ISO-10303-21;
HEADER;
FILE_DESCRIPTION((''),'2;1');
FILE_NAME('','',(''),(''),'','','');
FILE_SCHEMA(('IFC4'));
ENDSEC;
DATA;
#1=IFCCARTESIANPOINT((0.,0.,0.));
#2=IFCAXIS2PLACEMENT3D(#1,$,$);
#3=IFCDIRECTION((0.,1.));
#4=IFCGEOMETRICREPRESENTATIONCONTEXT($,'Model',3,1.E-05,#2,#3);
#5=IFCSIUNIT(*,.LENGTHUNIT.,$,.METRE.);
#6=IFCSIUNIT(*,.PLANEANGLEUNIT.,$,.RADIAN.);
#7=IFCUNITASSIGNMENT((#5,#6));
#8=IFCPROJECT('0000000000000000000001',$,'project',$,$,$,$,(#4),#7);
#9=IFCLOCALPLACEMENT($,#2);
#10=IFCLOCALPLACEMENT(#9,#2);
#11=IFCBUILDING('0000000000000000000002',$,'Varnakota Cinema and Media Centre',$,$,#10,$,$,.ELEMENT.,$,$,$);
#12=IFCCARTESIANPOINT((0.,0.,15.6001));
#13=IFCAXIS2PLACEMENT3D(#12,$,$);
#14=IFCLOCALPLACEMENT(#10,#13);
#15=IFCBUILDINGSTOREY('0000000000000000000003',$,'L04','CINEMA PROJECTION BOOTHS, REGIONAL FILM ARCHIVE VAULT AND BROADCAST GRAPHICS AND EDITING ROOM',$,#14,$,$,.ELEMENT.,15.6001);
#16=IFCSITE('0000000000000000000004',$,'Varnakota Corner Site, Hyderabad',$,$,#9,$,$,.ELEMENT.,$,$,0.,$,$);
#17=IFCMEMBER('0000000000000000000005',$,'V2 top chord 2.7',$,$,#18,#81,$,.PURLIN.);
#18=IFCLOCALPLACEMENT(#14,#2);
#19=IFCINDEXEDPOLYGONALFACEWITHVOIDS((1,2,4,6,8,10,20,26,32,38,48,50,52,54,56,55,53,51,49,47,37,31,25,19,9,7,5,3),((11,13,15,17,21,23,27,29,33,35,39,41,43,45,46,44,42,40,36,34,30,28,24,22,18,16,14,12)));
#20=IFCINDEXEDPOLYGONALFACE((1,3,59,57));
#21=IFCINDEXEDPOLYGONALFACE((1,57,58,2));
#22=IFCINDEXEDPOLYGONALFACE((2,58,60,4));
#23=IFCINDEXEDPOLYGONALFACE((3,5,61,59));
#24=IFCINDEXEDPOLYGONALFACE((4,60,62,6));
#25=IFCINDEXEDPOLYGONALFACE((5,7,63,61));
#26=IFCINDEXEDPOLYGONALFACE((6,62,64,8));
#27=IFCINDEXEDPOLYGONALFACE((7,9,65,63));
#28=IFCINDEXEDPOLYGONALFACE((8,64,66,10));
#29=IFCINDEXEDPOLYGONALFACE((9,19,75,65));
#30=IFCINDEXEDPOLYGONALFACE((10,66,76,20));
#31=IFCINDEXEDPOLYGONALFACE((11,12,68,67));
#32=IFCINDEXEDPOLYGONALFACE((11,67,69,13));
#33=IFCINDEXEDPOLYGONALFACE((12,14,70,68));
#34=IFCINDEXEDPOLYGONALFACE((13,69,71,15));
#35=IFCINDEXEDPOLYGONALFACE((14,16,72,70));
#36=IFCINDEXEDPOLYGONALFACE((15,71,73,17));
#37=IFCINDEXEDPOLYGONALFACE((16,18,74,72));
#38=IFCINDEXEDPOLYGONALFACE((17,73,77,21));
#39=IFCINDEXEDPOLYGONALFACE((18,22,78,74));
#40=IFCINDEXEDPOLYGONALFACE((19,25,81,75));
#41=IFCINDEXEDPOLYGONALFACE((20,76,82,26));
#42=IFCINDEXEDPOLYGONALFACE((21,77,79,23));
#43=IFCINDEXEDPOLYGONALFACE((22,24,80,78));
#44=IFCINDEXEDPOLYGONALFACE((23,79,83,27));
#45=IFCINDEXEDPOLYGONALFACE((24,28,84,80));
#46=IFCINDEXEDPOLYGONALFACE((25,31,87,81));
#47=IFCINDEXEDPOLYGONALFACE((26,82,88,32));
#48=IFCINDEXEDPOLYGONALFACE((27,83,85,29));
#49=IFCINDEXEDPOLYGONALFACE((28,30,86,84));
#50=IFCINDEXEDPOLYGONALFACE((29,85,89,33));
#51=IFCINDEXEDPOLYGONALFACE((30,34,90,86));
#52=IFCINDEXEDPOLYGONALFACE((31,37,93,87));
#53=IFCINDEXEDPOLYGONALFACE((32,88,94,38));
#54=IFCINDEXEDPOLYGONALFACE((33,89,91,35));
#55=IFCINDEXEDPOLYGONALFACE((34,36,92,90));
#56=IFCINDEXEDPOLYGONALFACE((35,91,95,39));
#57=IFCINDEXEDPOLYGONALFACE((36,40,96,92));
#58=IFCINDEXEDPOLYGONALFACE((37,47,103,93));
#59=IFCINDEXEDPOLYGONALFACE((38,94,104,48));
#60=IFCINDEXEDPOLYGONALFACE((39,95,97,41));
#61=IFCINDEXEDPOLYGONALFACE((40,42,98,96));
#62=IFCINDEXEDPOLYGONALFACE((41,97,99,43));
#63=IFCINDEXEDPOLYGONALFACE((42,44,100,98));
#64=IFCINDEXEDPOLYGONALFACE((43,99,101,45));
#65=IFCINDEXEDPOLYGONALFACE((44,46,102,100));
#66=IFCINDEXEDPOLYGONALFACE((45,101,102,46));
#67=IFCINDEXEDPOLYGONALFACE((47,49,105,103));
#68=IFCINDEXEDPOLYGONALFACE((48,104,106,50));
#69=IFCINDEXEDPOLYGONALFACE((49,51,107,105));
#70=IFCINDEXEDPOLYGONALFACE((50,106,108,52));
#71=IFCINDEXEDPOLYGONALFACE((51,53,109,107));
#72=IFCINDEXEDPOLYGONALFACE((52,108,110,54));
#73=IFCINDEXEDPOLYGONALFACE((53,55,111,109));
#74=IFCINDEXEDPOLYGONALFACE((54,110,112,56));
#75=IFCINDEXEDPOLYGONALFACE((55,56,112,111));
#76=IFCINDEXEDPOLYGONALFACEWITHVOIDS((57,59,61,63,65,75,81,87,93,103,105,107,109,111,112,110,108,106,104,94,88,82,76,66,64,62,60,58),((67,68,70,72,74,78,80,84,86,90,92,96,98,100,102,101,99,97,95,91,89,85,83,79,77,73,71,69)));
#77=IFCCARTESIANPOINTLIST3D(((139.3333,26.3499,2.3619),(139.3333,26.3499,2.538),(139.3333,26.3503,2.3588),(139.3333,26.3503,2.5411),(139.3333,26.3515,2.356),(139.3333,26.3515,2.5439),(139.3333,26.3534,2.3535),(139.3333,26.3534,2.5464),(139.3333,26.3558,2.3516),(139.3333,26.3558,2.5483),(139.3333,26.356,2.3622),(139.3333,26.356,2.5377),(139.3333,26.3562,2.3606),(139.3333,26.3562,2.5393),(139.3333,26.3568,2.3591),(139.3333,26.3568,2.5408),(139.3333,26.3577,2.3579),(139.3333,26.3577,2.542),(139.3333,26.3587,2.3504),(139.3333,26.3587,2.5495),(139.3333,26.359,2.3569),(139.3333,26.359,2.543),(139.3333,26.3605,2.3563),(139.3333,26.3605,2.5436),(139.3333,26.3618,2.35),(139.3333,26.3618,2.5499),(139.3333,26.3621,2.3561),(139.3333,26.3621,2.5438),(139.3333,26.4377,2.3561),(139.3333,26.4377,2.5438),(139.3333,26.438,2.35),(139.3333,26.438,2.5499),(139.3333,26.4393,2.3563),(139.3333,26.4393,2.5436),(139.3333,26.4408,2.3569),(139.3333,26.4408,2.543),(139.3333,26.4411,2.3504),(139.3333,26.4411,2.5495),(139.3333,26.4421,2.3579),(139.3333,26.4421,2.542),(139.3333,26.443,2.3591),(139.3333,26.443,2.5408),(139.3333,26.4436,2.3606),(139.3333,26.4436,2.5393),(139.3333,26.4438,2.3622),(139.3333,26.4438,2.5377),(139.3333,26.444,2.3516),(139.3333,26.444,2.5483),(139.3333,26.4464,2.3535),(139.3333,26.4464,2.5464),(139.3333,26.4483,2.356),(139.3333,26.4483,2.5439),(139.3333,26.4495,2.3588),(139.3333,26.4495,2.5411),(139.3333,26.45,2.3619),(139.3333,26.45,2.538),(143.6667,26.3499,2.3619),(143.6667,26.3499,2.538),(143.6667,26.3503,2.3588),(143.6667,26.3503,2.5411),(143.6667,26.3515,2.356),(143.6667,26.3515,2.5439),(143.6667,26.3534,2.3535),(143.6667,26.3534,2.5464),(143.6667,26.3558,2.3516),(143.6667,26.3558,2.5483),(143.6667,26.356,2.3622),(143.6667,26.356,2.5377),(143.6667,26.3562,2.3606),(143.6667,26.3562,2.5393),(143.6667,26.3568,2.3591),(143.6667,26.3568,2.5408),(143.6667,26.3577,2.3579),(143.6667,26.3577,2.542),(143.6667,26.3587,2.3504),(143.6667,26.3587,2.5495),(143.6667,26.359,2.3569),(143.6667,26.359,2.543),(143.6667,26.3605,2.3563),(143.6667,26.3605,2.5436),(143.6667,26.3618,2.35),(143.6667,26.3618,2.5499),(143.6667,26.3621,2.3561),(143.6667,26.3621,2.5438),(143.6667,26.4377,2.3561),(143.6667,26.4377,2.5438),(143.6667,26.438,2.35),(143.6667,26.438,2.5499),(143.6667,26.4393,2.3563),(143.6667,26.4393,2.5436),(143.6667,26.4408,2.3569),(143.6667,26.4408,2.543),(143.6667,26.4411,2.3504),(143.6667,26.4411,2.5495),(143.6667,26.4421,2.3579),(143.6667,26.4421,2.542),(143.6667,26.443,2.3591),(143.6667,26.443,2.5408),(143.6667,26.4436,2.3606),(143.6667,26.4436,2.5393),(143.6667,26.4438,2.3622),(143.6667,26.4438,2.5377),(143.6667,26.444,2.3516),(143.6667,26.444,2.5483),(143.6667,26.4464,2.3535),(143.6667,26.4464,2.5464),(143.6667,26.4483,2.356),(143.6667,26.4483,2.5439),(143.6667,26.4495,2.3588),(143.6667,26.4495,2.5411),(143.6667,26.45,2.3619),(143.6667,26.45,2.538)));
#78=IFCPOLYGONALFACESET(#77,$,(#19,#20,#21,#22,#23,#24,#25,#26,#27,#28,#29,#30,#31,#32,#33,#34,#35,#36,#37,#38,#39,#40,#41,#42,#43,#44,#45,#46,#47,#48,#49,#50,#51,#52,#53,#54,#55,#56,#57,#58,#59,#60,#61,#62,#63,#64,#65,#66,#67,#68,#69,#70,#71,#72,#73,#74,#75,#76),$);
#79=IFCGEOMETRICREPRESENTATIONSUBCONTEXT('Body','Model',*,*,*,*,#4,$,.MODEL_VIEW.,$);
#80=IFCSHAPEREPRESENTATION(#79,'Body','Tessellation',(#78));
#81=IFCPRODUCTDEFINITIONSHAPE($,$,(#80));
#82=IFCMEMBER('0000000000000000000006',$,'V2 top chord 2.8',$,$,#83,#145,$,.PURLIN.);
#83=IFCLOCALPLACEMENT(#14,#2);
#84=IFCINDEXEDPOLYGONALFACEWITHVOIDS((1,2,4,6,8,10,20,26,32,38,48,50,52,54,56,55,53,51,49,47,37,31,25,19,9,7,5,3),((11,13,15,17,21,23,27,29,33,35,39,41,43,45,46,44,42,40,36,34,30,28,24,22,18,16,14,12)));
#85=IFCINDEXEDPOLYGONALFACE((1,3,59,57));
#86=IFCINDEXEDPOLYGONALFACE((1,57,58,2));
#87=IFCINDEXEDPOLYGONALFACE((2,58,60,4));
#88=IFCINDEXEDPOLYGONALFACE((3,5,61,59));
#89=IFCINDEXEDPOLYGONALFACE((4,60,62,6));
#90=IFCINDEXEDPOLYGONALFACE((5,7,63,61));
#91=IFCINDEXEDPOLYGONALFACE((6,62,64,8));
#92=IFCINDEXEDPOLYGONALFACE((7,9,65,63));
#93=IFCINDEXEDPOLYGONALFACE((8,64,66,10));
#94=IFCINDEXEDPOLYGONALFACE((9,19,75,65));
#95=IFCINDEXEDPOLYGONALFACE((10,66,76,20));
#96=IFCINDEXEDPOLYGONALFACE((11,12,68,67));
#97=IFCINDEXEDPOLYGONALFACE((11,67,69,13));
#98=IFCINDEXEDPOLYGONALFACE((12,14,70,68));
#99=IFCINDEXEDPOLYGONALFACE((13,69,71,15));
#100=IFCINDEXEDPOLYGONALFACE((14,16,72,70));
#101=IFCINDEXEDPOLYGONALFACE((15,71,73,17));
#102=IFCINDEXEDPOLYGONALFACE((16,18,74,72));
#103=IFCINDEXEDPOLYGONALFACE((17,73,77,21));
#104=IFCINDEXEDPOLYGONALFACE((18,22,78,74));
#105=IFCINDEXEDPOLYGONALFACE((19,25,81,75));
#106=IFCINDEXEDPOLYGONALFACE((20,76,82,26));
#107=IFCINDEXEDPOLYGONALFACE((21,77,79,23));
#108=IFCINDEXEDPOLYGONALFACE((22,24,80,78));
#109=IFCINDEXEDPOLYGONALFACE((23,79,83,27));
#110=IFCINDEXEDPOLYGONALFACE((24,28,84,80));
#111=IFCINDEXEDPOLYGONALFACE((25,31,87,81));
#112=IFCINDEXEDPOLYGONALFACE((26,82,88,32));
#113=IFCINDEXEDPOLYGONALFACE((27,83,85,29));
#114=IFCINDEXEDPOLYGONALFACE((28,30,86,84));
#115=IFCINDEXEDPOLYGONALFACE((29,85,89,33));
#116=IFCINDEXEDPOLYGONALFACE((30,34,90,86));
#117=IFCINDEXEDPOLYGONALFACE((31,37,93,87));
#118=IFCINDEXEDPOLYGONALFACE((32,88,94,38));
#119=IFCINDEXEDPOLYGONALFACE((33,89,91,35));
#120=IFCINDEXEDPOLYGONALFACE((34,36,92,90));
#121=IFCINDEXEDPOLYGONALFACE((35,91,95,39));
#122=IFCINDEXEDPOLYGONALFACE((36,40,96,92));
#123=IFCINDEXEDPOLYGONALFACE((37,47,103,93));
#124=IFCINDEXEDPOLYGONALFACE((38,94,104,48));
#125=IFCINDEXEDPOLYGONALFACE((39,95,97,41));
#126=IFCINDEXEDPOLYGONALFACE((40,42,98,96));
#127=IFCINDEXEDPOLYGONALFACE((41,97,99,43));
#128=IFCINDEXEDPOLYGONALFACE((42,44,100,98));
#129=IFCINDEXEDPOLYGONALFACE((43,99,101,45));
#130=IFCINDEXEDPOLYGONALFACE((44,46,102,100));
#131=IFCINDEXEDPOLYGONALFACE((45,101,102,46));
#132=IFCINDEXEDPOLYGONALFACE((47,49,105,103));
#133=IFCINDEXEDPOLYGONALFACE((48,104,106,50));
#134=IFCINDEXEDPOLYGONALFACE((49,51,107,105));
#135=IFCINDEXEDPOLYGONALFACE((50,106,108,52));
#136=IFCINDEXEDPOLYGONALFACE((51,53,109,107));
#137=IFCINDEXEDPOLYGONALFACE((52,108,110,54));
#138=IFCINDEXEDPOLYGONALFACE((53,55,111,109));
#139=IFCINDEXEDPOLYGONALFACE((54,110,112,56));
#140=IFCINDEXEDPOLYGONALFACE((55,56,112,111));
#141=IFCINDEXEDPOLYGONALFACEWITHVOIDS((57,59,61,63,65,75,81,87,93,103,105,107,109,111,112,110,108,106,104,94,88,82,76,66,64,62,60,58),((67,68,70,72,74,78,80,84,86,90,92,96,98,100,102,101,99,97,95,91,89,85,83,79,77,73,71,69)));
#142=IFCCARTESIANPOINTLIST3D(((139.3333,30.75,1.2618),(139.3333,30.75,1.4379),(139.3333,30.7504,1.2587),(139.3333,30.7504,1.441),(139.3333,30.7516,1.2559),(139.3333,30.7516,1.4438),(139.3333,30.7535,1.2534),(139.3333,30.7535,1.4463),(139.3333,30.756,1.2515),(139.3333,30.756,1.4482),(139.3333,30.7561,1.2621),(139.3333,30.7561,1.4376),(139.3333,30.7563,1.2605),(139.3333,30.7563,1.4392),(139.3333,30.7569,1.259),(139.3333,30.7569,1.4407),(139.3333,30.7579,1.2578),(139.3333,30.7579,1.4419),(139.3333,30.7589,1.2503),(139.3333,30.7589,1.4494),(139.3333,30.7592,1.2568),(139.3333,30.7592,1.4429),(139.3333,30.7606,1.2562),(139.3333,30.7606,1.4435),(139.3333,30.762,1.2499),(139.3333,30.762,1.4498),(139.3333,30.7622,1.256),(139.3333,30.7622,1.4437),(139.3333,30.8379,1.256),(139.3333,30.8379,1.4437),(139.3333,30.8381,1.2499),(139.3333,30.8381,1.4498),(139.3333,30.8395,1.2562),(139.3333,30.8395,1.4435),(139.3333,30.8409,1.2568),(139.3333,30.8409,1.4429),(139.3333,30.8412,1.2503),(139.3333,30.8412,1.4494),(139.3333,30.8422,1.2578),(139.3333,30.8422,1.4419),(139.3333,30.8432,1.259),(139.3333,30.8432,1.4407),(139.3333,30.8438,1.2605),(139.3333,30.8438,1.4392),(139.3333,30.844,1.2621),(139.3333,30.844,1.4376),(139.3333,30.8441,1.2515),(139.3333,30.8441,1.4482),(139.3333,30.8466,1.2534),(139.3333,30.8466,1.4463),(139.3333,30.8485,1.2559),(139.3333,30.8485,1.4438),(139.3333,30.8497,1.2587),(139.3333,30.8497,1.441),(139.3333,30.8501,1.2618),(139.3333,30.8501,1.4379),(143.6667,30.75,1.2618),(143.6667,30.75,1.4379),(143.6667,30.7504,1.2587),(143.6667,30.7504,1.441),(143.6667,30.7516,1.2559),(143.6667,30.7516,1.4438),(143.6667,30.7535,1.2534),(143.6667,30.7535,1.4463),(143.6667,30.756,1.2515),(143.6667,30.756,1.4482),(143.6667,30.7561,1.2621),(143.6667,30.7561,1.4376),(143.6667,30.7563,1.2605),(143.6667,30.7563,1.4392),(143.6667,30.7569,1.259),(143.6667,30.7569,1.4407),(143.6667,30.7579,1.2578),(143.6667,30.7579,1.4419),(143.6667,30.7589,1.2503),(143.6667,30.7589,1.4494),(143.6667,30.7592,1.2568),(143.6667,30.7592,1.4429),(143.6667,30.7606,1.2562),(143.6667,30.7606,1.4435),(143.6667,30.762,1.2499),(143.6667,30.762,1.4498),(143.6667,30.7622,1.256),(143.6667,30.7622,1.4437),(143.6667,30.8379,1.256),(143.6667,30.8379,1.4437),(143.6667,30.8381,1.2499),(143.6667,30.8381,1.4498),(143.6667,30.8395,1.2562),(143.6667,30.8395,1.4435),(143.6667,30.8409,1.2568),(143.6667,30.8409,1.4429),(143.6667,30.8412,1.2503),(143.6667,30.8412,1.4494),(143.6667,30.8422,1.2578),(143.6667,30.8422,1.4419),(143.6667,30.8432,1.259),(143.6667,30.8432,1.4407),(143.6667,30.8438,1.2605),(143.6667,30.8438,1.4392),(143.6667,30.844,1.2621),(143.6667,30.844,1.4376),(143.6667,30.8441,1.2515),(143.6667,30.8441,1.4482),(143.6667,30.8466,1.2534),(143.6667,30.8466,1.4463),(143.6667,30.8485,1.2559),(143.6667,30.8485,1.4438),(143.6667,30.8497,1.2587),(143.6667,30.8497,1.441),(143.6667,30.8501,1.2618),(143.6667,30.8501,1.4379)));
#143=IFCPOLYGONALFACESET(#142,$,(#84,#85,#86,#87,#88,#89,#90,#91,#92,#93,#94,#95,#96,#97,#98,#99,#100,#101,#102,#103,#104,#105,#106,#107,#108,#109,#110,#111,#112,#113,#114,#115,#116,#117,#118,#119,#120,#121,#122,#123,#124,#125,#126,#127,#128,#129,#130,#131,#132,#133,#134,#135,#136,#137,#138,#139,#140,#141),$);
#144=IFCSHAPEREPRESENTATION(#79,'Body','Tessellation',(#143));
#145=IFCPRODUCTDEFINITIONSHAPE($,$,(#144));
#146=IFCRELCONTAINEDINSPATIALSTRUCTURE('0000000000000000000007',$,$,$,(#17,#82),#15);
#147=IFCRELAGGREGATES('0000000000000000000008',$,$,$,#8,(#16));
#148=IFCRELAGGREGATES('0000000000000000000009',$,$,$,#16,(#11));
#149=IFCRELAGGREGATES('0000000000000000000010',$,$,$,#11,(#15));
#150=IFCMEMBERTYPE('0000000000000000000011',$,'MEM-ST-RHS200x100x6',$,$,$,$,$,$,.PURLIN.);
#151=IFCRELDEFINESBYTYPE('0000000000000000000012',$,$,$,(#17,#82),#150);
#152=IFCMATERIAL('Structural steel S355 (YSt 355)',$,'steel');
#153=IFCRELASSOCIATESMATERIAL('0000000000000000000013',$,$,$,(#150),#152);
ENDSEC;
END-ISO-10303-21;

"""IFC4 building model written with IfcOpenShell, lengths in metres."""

from ifc_helpers import new_model, si_unit, direction, frame, origin, origin_2d, place, context, subcontext, project, spatial, hollow_rectangle, extrude, material, material_profile, profile_set, type_object, element, save


model = new_model("IFC4")

# Units and contexts
model_context = context("Model", 3, precision=1e-05, world=origin(), true_north=direction((0.0, 1.0)))
body_context = subcontext(model_context, "Body", "Model", "MODEL_VIEW")
ifc_project = project(units=[si_unit("LENGTHUNIT", "METRE"), si_unit("PLANEANGLEUNIT", "RADIAN")], contexts=[model_context])

# Site, building, storey
site_placement = place(None, origin())
site = spatial("IfcSite", under=ifc_project, at=site_placement, Name="Varnakota Corner Site, Hyderabad", CompositionType="ELEMENT", RefElevation=0.0)
building_placement = place(site_placement, origin())
building = spatial("IfcBuilding", under=site, at=building_placement, Name="Varnakota Cinema and Media Centre", CompositionType="ELEMENT")
storey_placement = place(building_placement, frame((0.0, 0.0, 15.6001)))
storey = spatial("IfcBuildingStorey", under=building, at=storey_placement, Name="L04", Description="CINEMA PROJECTION BOOTHS, REGIONAL FILM ARCHIVE VAULT AND BROADCAST GRAPHICS AND EDITING ROOM", CompositionType="ELEMENT", Elevation=15.6001)

# Members
ifc_material_1 = material(Name="Structural steel S355 (YSt 355)", Category="steel")
ifc_material_profile_1 = material_profile(ifc_material_1, hollow_rectangle(XDim=0.1001, YDim=0.2, WallThickness=0.0061, InnerFilletRadius=0.0061, OuterFilletRadius=0.012, at=origin_2d()), Name="RHS 200x100x6")
ifc_profile_set_1 = profile_set([ifc_material_profile_1], Name="Structural steel S355 (YSt 355)")
member_type_1 = type_object("IfcMemberType", Name="MEM-ST-RHS200x100x6", PredefinedType="PURLIN", material=ifc_profile_set_1)
for number, where, z_axis, x_axis, name in (
    (1, (139.3333, 26.3999, 2.45), (1.0, 0.0, 0.0), (0.0, 1.0, 0.0), "V2 top chord 2.7"),
    (2, (139.3333, 30.8, 1.3499), (1.0, 0.0, 0.0), (0.0, 1.0, 0.0), "V2 top chord 2.8"),
):
    element("IfcMember", number, at=place(storey_placement, frame(where, z_axis=z_axis, x_axis=x_axis)), inside=storey, type_object=member_type_1, Name=name, PredefinedType="PURLIN", context=body_context, shape_type="SweptSolid", body=[
        extrude(hollow_rectangle(XDim=0.1001, YDim=0.2, WallThickness=0.0061, InnerFilletRadius=0.0061, OuterFilletRadius=0.012, at=origin_2d()), origin(), (0.0, 0.0, 1.0), 4.3335),
    ])

save(model, "model.ifc")
